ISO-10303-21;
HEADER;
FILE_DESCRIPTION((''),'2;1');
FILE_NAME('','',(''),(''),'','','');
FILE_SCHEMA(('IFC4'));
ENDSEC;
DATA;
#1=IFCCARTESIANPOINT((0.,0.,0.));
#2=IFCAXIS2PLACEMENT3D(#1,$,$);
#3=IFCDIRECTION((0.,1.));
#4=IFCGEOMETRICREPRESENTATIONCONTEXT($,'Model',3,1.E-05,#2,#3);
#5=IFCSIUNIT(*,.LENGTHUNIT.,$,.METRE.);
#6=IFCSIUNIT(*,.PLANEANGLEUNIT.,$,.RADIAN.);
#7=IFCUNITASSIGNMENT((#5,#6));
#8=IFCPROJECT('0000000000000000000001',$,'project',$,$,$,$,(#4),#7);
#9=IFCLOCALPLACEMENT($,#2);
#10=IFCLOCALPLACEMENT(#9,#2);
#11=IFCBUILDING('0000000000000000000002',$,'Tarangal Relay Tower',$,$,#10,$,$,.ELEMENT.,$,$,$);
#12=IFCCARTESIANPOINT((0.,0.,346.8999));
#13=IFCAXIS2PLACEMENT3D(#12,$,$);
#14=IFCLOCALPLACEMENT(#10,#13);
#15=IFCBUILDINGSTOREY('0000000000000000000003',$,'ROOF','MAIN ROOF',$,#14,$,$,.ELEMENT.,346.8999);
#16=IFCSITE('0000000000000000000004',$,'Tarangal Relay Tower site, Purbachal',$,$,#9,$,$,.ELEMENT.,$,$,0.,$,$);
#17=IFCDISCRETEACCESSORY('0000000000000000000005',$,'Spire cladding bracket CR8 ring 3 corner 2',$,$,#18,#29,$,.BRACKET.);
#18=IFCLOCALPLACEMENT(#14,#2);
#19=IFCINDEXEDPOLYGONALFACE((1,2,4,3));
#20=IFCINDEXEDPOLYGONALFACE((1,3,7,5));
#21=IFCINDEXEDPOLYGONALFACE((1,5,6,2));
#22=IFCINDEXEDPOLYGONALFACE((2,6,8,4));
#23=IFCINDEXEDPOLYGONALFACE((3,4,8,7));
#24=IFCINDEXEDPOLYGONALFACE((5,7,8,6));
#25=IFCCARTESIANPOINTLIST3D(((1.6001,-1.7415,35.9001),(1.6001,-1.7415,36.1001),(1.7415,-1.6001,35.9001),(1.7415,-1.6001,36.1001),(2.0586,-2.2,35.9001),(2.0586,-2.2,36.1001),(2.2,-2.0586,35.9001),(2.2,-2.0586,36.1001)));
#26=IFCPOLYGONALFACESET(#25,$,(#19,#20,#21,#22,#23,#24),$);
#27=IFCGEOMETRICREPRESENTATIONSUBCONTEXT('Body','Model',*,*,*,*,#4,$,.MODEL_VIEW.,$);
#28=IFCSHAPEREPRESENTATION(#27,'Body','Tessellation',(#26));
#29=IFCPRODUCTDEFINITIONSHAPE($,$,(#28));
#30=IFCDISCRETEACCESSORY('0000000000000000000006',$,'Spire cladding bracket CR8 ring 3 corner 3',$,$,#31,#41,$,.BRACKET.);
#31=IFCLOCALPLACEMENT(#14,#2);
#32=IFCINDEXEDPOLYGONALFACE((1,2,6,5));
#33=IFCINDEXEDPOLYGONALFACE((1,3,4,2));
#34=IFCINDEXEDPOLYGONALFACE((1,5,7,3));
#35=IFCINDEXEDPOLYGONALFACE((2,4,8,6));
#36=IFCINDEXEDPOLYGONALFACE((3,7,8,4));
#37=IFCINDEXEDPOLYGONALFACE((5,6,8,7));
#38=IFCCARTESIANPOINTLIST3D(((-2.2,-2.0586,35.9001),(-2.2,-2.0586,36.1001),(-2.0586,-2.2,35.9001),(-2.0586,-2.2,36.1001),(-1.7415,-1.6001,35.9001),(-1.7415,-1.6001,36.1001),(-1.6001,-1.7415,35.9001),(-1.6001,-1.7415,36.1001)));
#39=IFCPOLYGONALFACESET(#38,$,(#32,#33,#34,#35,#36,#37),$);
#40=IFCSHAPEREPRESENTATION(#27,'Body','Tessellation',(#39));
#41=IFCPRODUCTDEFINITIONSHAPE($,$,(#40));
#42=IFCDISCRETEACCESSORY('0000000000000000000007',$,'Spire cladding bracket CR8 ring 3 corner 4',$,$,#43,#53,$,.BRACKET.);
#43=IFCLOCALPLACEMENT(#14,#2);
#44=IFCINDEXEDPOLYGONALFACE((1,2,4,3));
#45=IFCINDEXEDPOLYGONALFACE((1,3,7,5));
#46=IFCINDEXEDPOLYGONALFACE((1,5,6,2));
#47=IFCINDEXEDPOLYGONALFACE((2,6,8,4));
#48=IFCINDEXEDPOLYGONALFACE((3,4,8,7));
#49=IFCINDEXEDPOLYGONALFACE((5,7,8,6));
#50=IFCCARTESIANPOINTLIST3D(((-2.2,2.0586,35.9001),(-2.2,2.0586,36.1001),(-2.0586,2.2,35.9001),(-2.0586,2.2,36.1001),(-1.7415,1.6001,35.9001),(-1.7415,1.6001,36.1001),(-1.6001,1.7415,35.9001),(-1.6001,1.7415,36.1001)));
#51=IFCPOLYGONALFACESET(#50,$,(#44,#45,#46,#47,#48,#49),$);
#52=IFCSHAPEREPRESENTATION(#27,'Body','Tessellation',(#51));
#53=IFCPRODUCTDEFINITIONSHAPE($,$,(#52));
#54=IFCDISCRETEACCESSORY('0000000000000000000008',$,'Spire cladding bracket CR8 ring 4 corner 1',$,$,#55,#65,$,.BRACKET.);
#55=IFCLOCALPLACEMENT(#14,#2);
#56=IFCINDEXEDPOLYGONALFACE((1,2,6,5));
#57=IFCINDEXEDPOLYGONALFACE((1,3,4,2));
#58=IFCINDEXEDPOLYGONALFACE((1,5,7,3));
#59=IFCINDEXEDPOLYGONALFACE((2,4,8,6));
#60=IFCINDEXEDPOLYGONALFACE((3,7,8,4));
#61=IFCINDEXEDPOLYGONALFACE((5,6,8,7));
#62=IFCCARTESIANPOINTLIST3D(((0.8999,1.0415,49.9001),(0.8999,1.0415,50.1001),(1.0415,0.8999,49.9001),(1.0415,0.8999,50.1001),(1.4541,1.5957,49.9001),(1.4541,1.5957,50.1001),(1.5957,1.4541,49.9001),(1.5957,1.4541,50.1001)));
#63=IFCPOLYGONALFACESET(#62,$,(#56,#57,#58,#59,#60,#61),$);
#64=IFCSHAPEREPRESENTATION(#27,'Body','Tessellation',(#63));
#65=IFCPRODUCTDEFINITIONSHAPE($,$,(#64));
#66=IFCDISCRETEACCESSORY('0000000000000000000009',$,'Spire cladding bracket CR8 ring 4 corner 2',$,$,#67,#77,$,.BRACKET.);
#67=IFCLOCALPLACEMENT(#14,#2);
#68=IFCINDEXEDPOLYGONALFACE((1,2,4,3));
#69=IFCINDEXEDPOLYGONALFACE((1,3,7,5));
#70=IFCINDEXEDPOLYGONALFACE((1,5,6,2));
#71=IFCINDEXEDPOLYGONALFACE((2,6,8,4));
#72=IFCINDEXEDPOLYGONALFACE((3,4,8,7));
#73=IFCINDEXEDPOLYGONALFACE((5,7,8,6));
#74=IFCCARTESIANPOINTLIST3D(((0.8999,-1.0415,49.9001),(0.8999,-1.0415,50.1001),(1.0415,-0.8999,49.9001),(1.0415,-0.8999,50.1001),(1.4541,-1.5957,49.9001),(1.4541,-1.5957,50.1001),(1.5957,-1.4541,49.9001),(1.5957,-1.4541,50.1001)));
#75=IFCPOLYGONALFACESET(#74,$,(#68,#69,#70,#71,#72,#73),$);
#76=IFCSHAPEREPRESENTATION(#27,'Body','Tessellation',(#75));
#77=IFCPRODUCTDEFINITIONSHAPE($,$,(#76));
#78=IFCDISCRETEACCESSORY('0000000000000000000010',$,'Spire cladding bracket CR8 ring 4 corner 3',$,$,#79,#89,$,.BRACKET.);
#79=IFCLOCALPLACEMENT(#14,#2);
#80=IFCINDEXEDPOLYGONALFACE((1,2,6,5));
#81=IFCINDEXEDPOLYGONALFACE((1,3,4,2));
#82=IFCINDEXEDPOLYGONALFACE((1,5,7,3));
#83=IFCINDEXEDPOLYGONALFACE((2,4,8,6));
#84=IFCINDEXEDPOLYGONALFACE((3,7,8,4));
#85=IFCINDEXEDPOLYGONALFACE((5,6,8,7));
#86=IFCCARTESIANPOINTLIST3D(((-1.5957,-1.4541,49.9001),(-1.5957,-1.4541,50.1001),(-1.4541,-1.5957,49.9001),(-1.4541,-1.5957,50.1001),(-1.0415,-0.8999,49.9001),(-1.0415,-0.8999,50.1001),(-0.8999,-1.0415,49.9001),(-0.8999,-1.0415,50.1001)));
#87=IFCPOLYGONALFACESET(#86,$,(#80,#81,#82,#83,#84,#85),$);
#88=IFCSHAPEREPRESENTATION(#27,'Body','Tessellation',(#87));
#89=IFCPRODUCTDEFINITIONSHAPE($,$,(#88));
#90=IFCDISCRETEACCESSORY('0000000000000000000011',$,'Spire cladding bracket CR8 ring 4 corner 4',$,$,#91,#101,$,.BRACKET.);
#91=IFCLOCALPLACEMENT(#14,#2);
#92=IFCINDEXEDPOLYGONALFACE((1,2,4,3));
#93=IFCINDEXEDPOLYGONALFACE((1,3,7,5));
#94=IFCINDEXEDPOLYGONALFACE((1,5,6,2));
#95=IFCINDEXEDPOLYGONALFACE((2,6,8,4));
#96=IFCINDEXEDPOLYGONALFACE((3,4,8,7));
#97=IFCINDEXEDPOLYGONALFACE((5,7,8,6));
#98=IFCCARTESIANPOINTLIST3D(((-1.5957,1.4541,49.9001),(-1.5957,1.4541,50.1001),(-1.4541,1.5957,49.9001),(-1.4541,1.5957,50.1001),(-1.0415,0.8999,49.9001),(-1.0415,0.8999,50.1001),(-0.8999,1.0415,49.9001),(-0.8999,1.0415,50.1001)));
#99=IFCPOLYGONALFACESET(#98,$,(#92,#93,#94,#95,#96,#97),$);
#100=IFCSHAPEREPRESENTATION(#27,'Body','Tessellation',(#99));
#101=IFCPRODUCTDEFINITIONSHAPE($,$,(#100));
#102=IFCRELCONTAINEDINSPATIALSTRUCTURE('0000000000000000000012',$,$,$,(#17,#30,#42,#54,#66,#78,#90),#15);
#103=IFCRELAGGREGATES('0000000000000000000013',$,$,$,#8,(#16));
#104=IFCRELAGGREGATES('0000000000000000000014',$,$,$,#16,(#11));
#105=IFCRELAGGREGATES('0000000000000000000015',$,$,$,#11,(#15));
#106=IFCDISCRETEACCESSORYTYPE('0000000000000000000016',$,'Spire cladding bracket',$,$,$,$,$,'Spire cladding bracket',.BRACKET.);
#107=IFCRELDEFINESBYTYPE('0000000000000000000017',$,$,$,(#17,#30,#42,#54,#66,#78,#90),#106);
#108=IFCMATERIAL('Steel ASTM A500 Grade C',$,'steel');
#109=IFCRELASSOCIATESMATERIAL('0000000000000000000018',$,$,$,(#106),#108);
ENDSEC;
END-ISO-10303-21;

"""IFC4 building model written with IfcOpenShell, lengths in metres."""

from ifc_helpers import new_model, si_unit, direction, frame, origin, place, context, subcontext, project, spatial, polyline, outline, extrude, material, type_object, element, save


model = new_model("IFC4")

# Units and contexts
model_context = context("Model", 3, precision=1e-05, world=origin(), true_north=direction((0.0, 1.0)))
body_context = subcontext(model_context, "Body", "Model", "MODEL_VIEW")
ifc_project = project(units=[si_unit("LENGTHUNIT", "METRE"), si_unit("PLANEANGLEUNIT", "RADIAN")], contexts=[model_context])

# Site, building, storey
site_placement = place(None, origin())
site = spatial("IfcSite", under=ifc_project, at=site_placement, Name="Tarangal Relay Tower site, Purbachal", CompositionType="ELEMENT", RefElevation=0.0)
building_placement = place(site_placement, origin())
building = spatial("IfcBuilding", under=site, at=building_placement, Name="Tarangal Relay Tower", CompositionType="ELEMENT")
storey_placement = place(building_placement, frame((0.0, 0.0, 346.8999)))
storey = spatial("IfcBuildingStorey", under=building, at=storey_placement, Name="ROOF", Description="MAIN ROOF", CompositionType="ELEMENT", Elevation=346.8999)

# Shared definitions
ifc_material_1 = material(Name="Steel ASTM A500 Grade C", Category="steel")

# Discrete accessories
discrete_accessory_type = type_object("IfcDiscreteAccessoryType", Name="Spire cladding bracket", ElementType="Spire cladding bracket", PredefinedType="BRACKET", material=ifc_material_1)
discrete_accessory_1_placement = place(storey_placement, frame((0.0, 0.0, 35.9001)))
element("IfcDiscreteAccessory", 1, at=discrete_accessory_1_placement, inside=storey, type_object=discrete_accessory_type, Name="Spire cladding bracket CR8 ring 3 corner 2", PredefinedType="BRACKET", context=body_context, shape_type="SweptSolid", body=[
    extrude(outline(polyline([(1.7415, -1.6001), (2.2, -2.0586), (2.0586, -2.2), (1.6001, -1.7415), (1.7415, -1.6001)])), origin(), (0.0, 0.0, 1.0), 0.2),
])
discrete_accessory_2_placement = place(storey_placement, frame((0.0, 0.0, 35.9001)))
element("IfcDiscreteAccessory", 2, at=discrete_accessory_2_placement, inside=storey, type_object=discrete_accessory_type, Name="Spire cladding bracket CR8 ring 3 corner 3", PredefinedType="BRACKET", context=body_context, shape_type="SweptSolid", body=[
    extrude(outline(polyline([(-1.6001, -1.7415), (-2.0586, -2.2), (-2.2, -2.0586), (-1.7415, -1.6001), (-1.6001, -1.7415)])), origin(), (0.0, 0.0, 1.0), 0.2),
])
discrete_accessory_3_placement = place(storey_placement, frame((0.0, 0.0, 35.9001)))
element("IfcDiscreteAccessory", 3, at=discrete_accessory_3_placement, inside=storey, type_object=discrete_accessory_type, Name="Spire cladding bracket CR8 ring 3 corner 4", PredefinedType="BRACKET", context=body_context, shape_type="SweptSolid", body=[
    extrude(outline(polyline([(-1.7415, 1.6001), (-2.2, 2.0586), (-2.0586, 2.2), (-1.6001, 1.7415), (-1.7415, 1.6001)])), origin(), (0.0, 0.0, 1.0), 0.2),
])
discrete_accessory_4_placement = place(storey_placement, frame((0.0, 0.0, 49.9001)))
element("IfcDiscreteAccessory", 4, at=discrete_accessory_4_placement, inside=storey, type_object=discrete_accessory_type, Name="Spire cladding bracket CR8 ring 4 corner 1", PredefinedType="BRACKET", context=body_context, shape_type="SweptSolid", body=[
    extrude(outline(polyline([(0.8999, 1.0415), (1.4541, 1.5957), (1.5957, 1.4541), (1.0415, 0.8999), (0.8999, 1.0415)])), origin(), (0.0, 0.0, 1.0), 0.2),
])
discrete_accessory_5_placement = place(storey_placement, frame((0.0, 0.0, 49.9001)))
element("IfcDiscreteAccessory", 5, at=discrete_accessory_5_placement, inside=storey, type_object=discrete_accessory_type, Name="Spire cladding bracket CR8 ring 4 corner 2", PredefinedType="BRACKET", context=body_context, shape_type="SweptSolid", body=[
    extrude(outline(polyline([(1.0415, -0.8999), (1.5957, -1.4541), (1.4541, -1.5957), (0.8999, -1.0415), (1.0415, -0.8999)])), origin(), (0.0, 0.0, 1.0), 0.2),
])
discrete_accessory_6_placement = place(storey_placement, frame((0.0, 0.0, 49.9001)))
element("IfcDiscreteAccessory", 6, at=discrete_accessory_6_placement, inside=storey, type_object=discrete_accessory_type, Name="Spire cladding bracket CR8 ring 4 corner 3", PredefinedType="BRACKET", context=body_context, shape_type="SweptSolid", body=[
    extrude(outline(polyline([(-0.8999, -1.0415), (-1.4541, -1.5957), (-1.5957, -1.4541), (-1.0415, -0.8999), (-0.8999, -1.0415)])), origin(), (0.0, 0.0, 1.0), 0.2),
])
discrete_accessory_7_placement = place(storey_placement, frame((0.0, 0.0, 49.9001)))
element("IfcDiscreteAccessory", 7, at=discrete_accessory_7_placement, inside=storey, type_object=discrete_accessory_type, Name="Spire cladding bracket CR8 ring 4 corner 4", PredefinedType="BRACKET", context=body_context, shape_type="SweptSolid", body=[
    extrude(outline(polyline([(-1.0415, 0.8999), (-1.5957, 1.4541), (-1.4541, 1.5957), (-0.8999, 1.0415), (-1.0415, 0.8999)])), origin(), (0.0, 0.0, 1.0), 0.2),
])

save(model, "model.ifc")
